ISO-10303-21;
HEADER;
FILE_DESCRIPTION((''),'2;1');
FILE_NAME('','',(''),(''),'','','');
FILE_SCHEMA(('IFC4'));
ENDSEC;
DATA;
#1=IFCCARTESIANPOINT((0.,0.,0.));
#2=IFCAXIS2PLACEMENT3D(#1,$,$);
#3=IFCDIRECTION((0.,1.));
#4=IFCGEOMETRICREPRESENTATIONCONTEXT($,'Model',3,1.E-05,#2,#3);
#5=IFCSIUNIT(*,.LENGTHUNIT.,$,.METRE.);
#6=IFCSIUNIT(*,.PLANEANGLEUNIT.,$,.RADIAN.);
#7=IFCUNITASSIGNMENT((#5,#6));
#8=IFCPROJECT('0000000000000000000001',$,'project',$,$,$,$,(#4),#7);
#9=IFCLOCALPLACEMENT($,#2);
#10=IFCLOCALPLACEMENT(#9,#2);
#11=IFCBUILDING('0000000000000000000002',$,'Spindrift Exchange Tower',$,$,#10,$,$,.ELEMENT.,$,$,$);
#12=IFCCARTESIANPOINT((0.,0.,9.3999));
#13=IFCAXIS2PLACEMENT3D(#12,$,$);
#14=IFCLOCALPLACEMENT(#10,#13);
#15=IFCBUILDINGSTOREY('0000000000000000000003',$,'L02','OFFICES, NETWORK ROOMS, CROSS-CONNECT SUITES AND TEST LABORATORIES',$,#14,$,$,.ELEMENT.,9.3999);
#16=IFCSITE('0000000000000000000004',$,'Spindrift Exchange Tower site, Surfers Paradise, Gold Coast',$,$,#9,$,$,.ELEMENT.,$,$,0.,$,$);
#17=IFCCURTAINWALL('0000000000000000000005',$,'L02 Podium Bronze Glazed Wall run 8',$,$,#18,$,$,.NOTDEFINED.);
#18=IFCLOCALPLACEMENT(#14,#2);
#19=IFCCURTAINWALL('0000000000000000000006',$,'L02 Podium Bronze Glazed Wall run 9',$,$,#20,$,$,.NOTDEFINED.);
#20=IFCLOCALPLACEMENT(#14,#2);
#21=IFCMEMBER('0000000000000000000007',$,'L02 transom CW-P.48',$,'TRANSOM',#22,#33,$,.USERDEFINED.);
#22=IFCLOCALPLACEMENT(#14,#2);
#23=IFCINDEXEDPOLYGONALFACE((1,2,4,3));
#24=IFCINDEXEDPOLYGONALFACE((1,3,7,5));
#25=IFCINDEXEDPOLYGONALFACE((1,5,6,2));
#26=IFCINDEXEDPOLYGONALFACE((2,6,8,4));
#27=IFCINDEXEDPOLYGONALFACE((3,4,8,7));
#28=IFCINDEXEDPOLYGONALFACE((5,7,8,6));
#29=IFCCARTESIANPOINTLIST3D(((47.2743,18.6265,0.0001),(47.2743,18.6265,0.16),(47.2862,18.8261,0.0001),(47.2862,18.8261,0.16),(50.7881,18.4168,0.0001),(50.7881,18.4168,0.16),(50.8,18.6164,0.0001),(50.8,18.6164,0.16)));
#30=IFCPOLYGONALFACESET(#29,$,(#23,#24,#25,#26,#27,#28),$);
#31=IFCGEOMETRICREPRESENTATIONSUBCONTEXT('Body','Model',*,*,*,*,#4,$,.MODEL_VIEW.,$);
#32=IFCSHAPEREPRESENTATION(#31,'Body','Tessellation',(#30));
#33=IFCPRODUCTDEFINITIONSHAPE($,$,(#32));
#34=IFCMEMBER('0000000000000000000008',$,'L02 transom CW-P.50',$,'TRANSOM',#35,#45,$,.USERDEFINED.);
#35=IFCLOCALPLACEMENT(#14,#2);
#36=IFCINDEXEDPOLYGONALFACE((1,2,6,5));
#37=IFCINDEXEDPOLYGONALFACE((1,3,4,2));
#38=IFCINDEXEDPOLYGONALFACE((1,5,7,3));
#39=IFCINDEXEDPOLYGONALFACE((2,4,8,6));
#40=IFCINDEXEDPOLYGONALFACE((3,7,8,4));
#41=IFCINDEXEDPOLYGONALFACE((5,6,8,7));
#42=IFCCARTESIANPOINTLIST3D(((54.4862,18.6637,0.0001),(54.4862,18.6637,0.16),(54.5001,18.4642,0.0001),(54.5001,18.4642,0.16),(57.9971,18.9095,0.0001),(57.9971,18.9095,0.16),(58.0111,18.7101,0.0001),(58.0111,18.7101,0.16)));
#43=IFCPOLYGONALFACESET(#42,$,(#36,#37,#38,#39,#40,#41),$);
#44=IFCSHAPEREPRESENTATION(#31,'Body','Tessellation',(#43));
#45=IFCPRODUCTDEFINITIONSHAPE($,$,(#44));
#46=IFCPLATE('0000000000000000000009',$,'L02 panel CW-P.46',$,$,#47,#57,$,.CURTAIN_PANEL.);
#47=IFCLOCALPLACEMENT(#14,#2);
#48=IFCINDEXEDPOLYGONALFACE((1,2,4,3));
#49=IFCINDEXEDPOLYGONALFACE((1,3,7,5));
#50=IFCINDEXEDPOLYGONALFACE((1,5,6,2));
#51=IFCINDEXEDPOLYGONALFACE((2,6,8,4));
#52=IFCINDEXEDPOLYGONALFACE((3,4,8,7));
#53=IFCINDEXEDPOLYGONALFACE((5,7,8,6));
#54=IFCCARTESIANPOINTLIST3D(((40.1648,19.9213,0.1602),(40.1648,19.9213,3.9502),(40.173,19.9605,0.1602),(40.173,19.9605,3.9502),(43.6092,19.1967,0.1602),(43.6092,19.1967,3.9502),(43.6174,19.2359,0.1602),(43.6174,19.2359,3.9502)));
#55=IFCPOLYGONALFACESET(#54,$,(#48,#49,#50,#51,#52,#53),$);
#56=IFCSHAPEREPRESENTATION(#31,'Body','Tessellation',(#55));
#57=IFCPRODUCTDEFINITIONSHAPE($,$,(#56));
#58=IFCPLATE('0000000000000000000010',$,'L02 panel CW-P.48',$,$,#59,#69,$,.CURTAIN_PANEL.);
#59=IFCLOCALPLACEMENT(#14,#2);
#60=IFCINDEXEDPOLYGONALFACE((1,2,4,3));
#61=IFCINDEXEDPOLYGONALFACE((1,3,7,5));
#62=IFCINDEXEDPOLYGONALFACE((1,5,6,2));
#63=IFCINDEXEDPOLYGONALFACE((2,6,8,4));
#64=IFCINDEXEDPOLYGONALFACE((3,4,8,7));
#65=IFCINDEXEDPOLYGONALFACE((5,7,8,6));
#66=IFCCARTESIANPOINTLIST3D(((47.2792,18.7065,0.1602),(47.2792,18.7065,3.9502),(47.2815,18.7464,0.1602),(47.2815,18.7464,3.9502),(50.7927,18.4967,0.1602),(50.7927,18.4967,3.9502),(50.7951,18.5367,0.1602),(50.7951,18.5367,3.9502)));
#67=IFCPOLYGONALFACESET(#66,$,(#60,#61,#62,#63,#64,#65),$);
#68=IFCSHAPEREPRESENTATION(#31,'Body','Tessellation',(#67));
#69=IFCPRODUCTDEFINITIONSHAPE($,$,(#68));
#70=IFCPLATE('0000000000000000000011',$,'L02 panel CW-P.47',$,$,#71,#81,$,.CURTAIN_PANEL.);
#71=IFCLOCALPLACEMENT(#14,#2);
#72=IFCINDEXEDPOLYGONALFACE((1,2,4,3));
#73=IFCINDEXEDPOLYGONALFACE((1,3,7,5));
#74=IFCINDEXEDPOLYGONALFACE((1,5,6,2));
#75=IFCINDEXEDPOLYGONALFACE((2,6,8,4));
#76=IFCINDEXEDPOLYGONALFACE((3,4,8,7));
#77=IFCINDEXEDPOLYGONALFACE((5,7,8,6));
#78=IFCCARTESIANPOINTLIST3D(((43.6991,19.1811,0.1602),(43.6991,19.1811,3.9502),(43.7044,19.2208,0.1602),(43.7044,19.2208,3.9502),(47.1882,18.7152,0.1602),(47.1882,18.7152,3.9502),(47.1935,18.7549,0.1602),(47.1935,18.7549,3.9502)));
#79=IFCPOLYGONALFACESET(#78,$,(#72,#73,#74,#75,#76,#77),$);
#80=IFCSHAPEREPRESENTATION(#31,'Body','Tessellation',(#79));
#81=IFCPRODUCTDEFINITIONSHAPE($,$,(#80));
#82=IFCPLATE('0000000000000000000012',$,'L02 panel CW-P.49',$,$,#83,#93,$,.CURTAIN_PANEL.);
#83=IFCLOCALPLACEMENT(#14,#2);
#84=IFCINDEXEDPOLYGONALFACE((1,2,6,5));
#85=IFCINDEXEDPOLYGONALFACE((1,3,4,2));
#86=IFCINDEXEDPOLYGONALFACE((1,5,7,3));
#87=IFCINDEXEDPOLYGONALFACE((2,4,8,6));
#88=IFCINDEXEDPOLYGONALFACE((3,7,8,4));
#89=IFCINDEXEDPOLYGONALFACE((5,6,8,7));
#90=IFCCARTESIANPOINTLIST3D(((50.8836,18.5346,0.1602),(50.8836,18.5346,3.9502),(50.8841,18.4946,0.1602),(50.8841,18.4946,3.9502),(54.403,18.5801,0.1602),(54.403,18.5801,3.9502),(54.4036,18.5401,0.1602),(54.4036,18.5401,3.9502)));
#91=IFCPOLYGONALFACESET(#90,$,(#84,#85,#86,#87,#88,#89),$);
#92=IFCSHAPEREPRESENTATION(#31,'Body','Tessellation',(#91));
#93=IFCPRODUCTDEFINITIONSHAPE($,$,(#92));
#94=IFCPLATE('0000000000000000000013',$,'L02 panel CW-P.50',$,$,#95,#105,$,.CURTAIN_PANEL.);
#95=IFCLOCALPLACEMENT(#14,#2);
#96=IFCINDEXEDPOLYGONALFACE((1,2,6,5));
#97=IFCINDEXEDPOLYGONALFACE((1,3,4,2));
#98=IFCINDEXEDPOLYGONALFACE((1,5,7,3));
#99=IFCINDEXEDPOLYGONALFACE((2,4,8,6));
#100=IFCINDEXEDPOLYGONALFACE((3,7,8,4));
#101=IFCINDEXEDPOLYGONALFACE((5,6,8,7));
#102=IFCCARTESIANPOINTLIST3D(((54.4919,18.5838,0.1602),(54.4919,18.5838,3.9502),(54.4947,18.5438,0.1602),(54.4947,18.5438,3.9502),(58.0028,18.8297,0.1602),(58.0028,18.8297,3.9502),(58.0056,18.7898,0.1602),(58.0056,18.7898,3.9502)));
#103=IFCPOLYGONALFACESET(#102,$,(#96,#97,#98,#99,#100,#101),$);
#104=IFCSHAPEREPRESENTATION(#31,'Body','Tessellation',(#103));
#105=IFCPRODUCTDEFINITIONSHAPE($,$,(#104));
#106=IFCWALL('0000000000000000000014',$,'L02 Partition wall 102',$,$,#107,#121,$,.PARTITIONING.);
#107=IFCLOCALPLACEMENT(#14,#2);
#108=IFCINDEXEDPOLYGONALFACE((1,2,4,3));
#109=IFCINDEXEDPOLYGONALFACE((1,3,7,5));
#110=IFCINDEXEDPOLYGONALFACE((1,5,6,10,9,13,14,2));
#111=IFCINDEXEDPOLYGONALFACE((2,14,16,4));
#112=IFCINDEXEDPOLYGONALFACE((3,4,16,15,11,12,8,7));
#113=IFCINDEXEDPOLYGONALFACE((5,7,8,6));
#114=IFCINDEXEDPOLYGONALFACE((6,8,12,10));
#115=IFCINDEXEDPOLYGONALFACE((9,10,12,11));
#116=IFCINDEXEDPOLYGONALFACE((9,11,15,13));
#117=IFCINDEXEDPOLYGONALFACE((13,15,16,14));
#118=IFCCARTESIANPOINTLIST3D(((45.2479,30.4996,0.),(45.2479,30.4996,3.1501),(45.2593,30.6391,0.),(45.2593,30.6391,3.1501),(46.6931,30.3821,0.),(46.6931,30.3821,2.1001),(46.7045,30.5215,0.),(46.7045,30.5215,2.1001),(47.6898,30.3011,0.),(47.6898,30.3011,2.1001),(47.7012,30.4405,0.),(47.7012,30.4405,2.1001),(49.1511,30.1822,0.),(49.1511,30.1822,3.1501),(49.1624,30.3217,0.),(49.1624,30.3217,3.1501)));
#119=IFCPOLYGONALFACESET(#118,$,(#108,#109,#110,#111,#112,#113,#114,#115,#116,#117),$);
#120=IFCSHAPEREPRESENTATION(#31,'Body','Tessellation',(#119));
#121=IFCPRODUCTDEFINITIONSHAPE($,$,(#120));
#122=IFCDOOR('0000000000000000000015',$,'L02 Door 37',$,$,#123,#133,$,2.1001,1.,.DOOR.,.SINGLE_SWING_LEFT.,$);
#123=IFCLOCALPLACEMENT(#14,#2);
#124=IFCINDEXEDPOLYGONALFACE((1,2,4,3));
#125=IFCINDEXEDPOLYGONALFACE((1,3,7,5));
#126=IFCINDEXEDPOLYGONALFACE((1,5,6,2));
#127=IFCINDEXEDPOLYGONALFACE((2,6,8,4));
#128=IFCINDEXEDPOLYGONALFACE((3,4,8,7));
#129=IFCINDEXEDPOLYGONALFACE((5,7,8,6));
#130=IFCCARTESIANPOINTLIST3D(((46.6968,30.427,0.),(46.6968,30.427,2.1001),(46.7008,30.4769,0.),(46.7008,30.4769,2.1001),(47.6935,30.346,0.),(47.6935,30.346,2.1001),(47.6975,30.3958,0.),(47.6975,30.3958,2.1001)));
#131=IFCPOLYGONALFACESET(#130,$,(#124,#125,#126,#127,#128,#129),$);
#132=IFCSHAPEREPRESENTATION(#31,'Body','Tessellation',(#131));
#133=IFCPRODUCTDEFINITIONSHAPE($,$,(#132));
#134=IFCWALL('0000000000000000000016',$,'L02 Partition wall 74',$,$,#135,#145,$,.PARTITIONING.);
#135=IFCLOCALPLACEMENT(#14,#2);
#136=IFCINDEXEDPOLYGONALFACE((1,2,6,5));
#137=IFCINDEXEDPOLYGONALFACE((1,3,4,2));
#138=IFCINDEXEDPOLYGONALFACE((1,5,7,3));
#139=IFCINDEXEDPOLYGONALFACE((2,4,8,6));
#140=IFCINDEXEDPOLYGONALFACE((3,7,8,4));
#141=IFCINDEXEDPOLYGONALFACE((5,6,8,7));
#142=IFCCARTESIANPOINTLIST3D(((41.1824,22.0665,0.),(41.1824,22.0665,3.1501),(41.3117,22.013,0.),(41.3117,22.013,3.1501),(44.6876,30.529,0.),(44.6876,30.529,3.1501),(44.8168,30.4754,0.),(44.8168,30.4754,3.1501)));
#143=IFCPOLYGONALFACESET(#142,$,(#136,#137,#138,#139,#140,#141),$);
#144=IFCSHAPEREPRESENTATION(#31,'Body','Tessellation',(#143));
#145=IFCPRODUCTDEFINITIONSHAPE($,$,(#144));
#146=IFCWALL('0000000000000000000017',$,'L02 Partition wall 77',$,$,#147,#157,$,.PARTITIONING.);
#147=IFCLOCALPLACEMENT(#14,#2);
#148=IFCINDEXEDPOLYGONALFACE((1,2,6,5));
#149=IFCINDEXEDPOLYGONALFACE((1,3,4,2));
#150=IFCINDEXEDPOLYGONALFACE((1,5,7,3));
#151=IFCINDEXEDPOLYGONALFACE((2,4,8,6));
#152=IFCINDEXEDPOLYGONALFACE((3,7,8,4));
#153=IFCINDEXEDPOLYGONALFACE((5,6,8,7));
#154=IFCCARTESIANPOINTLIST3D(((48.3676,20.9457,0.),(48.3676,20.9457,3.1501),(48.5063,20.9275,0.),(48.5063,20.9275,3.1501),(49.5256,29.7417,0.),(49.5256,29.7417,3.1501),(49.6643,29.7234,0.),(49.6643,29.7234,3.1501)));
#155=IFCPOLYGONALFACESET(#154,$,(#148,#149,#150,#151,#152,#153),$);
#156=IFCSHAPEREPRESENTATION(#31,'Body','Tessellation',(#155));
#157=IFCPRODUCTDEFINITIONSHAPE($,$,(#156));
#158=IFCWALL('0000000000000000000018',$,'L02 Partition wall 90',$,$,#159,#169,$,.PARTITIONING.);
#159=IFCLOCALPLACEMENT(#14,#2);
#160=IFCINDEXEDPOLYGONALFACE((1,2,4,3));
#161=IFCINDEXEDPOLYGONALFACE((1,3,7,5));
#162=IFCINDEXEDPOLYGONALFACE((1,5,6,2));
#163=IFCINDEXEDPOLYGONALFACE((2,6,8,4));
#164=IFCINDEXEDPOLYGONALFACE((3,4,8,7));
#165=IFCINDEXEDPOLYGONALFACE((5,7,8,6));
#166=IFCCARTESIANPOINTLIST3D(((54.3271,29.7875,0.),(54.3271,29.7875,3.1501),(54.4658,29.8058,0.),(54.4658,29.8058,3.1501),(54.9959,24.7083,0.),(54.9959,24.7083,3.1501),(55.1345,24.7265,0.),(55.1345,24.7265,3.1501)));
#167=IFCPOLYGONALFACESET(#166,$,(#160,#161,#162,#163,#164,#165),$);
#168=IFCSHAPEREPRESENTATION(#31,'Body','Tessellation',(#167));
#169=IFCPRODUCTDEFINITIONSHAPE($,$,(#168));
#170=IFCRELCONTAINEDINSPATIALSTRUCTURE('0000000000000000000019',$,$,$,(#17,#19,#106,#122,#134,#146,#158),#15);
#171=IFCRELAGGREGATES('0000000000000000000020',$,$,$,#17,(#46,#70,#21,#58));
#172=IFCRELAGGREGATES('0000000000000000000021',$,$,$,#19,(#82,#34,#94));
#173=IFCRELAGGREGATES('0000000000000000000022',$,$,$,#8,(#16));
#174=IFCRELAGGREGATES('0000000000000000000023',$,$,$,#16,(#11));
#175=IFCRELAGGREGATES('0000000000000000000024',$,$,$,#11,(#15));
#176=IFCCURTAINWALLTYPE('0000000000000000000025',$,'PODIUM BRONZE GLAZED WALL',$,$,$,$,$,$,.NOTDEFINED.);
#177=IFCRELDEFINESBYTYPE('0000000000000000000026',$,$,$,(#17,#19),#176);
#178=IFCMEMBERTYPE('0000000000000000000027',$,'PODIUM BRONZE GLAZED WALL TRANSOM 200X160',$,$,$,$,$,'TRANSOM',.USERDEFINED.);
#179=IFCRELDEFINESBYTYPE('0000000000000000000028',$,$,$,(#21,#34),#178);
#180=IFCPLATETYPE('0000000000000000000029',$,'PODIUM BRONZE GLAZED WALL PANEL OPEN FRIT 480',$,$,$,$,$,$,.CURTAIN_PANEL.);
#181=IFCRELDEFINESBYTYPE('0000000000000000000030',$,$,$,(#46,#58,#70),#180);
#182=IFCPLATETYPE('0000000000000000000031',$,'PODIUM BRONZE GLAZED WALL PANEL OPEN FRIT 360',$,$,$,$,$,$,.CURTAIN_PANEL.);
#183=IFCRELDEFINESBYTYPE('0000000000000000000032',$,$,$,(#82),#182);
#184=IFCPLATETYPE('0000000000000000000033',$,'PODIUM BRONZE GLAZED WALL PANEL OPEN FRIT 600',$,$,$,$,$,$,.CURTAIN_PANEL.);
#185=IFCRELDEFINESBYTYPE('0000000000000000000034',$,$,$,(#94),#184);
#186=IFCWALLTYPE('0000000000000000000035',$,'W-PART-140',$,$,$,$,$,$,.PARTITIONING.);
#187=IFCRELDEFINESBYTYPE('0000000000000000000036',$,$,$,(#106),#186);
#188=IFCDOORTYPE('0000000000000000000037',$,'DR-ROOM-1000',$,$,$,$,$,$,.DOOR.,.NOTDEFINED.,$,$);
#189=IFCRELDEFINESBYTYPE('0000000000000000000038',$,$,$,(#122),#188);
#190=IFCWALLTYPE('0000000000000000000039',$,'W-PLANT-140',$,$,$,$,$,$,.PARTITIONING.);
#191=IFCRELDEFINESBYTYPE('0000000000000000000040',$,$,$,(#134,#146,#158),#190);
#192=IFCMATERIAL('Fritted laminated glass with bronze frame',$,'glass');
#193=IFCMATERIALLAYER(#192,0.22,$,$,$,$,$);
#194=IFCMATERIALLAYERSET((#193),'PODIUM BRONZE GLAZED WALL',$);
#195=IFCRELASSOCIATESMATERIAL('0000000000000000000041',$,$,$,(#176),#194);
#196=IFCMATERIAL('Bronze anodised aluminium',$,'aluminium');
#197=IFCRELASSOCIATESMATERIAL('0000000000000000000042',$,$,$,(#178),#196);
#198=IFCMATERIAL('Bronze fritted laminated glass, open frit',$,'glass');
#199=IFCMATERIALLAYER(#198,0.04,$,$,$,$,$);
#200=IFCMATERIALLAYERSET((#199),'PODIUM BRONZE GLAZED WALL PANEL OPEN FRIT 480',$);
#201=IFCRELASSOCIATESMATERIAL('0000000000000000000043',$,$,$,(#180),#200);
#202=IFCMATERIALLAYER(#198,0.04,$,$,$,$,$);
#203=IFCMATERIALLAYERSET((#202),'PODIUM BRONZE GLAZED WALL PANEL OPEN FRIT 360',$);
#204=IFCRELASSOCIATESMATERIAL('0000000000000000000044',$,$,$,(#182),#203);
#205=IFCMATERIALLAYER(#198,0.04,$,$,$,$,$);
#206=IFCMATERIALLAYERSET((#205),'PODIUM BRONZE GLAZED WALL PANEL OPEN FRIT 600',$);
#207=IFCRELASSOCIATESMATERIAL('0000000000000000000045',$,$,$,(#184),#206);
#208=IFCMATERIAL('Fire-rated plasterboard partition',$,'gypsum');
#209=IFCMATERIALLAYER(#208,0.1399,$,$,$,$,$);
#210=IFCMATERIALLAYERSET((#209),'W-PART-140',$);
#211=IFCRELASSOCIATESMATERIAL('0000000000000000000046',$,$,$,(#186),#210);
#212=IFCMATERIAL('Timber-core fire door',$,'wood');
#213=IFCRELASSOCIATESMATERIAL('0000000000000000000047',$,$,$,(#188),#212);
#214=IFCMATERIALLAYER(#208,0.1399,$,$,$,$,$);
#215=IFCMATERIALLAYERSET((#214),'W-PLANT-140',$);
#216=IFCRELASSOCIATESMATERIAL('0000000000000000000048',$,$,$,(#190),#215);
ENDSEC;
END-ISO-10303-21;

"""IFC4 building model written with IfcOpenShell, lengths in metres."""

from ifc_helpers import new_model, si_unit, direction, frame, frame_2d, origin, origin_2d, place, context, subcontext, project, spatial, rectangle, extrude, source, transform, mapped, material, layer, layer_set, material_profile, profile_set, type_object, element, fill, aggregate, save


model = new_model("IFC4")

# Units and contexts
model_context = context("Model", 3, precision=1e-05, world=origin(), true_north=direction((0.0, 1.0)))
body_context = subcontext(model_context, "Body", "Model", "MODEL_VIEW")
ifc_project = project(units=[si_unit("LENGTHUNIT", "METRE"), si_unit("PLANEANGLEUNIT", "RADIAN")], contexts=[model_context])

# Site, building, storey
site_placement = place(None, origin())
site = spatial("IfcSite", under=ifc_project, at=site_placement, Name="Spindrift Exchange Tower site, Surfers Paradise, Gold Coast", CompositionType="ELEMENT", RefElevation=0.0)
building_placement = place(site_placement, origin())
building = spatial("IfcBuilding", under=site, at=building_placement, Name="Spindrift Exchange Tower", CompositionType="ELEMENT")
storey_placement = place(building_placement, frame((0.0, 0.0, 9.3999)))
storey = spatial("IfcBuildingStorey", under=building, at=storey_placement, Name="L02", Description="OFFICES, NETWORK ROOMS, CROSS-CONNECT SUITES AND TEST LABORATORIES", CompositionType="ELEMENT", Elevation=9.3999)

# Curtain walls
ifc_material_1 = material(Name="Fritted laminated glass with bronze frame", Category="glass")
ifc_layer_1 = layer(ifc_material_1, 0.22)
ifc_layer_set_1 = layer_set([ifc_layer_1], Name="PODIUM BRONZE GLAZED WALL")
curtain_wall_type = type_object("IfcCurtainWallType", Name="PODIUM BRONZE GLAZED WALL", PredefinedType="NOTDEFINED", material=ifc_layer_set_1)
curtain_wall_1_placement = place(storey_placement, origin())
curtain_wall_1 = element("IfcCurtainWall", 1, at=curtain_wall_1_placement, inside=storey, type_object=curtain_wall_type, Name="L02 Podium Bronze Glazed Wall run 8", PredefinedType="NOTDEFINED")
ifc_material_2 = material(Name="Bronze anodised aluminium", Category="aluminium")
curtain_wall_2_placement = place(storey_placement, origin())
curtain_wall_2 = element("IfcCurtainWall", 2, at=curtain_wall_2_placement, inside=storey, type_object=curtain_wall_type, Name="L02 Podium Bronze Glazed Wall run 9", PredefinedType="NOTDEFINED")
ifc_material_profile_1 = material_profile(ifc_material_2, rectangle(XDim=0.2, YDim=0.1599, at=origin_2d()), Name="PODIUM BRONZE GLAZED WALL TRANSOM 200X160")
ifc_profile_set_1 = profile_set([ifc_material_profile_1], Name="Bronze anodised aluminium")
member_type_1 = type_object("IfcMemberType", Name="PODIUM BRONZE GLAZED WALL TRANSOM 200X160", ElementType="TRANSOM", PredefinedType="USERDEFINED", material=ifc_profile_set_1)

# Members
shared_shape_1 = source(origin(), body_context, "Body", "SweptSolid", [
    extrude(rectangle(XDim=0.2, YDim=0.1599, at=origin_2d()), origin(), (0.0, 0.0, 1.0), 3.52),
])
member_1_placement = place(storey_placement, frame((47.2803, 18.7263, 0.0801), z_axis=(0.998224, -0.05958, 0.0), x_axis=(0.05958, 0.998224, 0.0)))
member_1 = element("IfcMember", 3, at=member_1_placement, type_object=member_type_1, Name="L02 transom CW-P.48", ObjectType="TRANSOM", PredefinedType="USERDEFINED", context=body_context, shape_type="MappedRepresentation", body=[
    mapped(shared_shape_1, transform((0.0, 0.0, 0.0), scale=1.0)),
])
shared_shape_2 = source(origin(), body_context, "Body", "SweptSolid", [
    extrude(rectangle(XDim=0.2, YDim=0.1599, at=origin_2d()), origin(), (0.0, 0.0, 1.0), 3.5195),
])
member_2_placement = place(storey_placement, frame((54.4932, 18.564, 0.0801), z_axis=(0.997557, 0.069852, 0.0), x_axis=(-0.069852, 0.997557, 0.0)))
member_2 = element("IfcMember", 4, at=member_2_placement, type_object=member_type_1, Name="L02 transom CW-P.50", ObjectType="TRANSOM", PredefinedType="USERDEFINED", context=body_context, shape_type="MappedRepresentation", body=[
    mapped(shared_shape_2, transform((0.0, 0.0, 0.0), scale=1.0)),
])

# Plates
ifc_material_3 = material(Name="Bronze fritted laminated glass, open frit", Category="glass")
ifc_layer_2 = layer(ifc_material_3, 0.04)
ifc_layer_set_2 = layer_set([ifc_layer_2], Name="PODIUM BRONZE GLAZED WALL PANEL OPEN FRIT 480")
plate_type_1 = type_object("IfcPlateType", Name="PODIUM BRONZE GLAZED WALL PANEL OPEN FRIT 480", PredefinedType="CURTAIN_PANEL", material=ifc_layer_set_2)
shared_shape_3 = source(origin(), body_context, "Body", "SweptSolid", [
    extrude(rectangle(XDim=3.5198, YDim=0.04, at=origin_2d()), origin(), (0.0, 0.0, 1.0), 3.79),
])
plate_1_placement = place(storey_placement, frame((41.8911, 19.5786, 0.1602), z_axis=(0.0, 0.0, 1.0), x_axis=(0.978581, -0.205861, 0.0)))
plate_1 = element("IfcPlate", 5, at=plate_1_placement, type_object=plate_type_1, Name="L02 panel CW-P.46", PredefinedType="CURTAIN_PANEL", context=body_context, shape_type="MappedRepresentation", body=[
    mapped(shared_shape_3, transform((0.0, 0.0, 0.0), scale=1.0)),
])
plate_2_placement = place(storey_placement, frame((49.0371, 18.6216, 0.1602), z_axis=(0.0, 0.0, 1.0), x_axis=(0.998223, -0.059587, 0.0)))
plate_2 = element("IfcPlate", 6, at=plate_2_placement, type_object=plate_type_1, Name="L02 panel CW-P.48", PredefinedType="CURTAIN_PANEL", context=body_context, shape_type="MappedRepresentation", body=[
    mapped(shared_shape_3, transform((0.0, 0.0, 0.0), scale=1.0)),
])
shared_shape_4 = source(origin(), body_context, "Body", "SweptSolid", [
    extrude(rectangle(XDim=3.52, YDim=0.04, at=origin_2d()), origin(), (0.0, 0.0, 1.0), 3.79),
])
plate_3_placement = place(storey_placement, frame((45.4463, 18.968, 0.1602), z_axis=(0.0, 0.0, 1.0), x_axis=(0.991202, -0.13236, 0.0)))
plate_3 = element("IfcPlate", 7, at=plate_3_placement, type_object=plate_type_1, Name="L02 panel CW-P.47", PredefinedType="CURTAIN_PANEL", context=body_context, shape_type="MappedRepresentation", body=[
    mapped(shared_shape_4, transform((0.0, 0.0, 0.0), scale=1.0)),
])
aggregate(curtain_wall_1, [plate_1, plate_3, member_1, plate_2])
ifc_layer_3 = layer(ifc_material_3, 0.04)
ifc_layer_set_3 = layer_set([ifc_layer_3], Name="PODIUM BRONZE GLAZED WALL PANEL OPEN FRIT 360")
plate_type_2 = type_object("IfcPlateType", Name="PODIUM BRONZE GLAZED WALL PANEL OPEN FRIT 360", PredefinedType="CURTAIN_PANEL", material=ifc_layer_set_3)
shared_shape_5 = source(origin(), body_context, "Body", "SweptSolid", [
    extrude(rectangle(XDim=3.5198, YDim=0.04, at=origin_2d()), origin(), (0.0, 0.0, 1.0), 3.79),
])
plate_4_placement = place(storey_placement, frame((52.6436, 18.5374, 0.1602), z_axis=(0.0, 0.0, 1.0), x_axis=(0.999916, 0.012938, 0.0)))
plate_4 = element("IfcPlate", 8, at=plate_4_placement, type_object=plate_type_2, Name="L02 panel CW-P.49", PredefinedType="CURTAIN_PANEL", context=body_context, shape_type="MappedRepresentation", body=[
    mapped(shared_shape_5, transform((0.0, 0.0, 0.0), scale=1.0)),
])
ifc_layer_4 = layer(ifc_material_3, 0.04)
ifc_layer_set_4 = layer_set([ifc_layer_4], Name="PODIUM BRONZE GLAZED WALL PANEL OPEN FRIT 600")
plate_type_3 = type_object("IfcPlateType", Name="PODIUM BRONZE GLAZED WALL PANEL OPEN FRIT 600", PredefinedType="CURTAIN_PANEL", material=ifc_layer_set_4)
shared_shape_6 = source(origin(), body_context, "Body", "SweptSolid", [
    extrude(rectangle(XDim=3.5195, YDim=0.04, at=origin_2d()), origin(), (0.0, 0.0, 1.0), 3.79),
])
plate_5_placement = place(storey_placement, frame((56.2488, 18.6868, 0.1602), z_axis=(0.0, 0.0, 1.0), x_axis=(0.997556, 0.06987, 0.0)))
plate_5 = element("IfcPlate", 9, at=plate_5_placement, type_object=plate_type_3, Name="L02 panel CW-P.50", PredefinedType="CURTAIN_PANEL", context=body_context, shape_type="MappedRepresentation", body=[
    mapped(shared_shape_6, transform((0.0, 0.0, 0.0), scale=1.0)),
])
aggregate(curtain_wall_2, [plate_4, member_2, plate_5])

# Wall, opening, door
ifc_material_4 = material(Name="Fire-rated plasterboard partition", Category="gypsum")
ifc_layer_5 = layer(ifc_material_4, 0.1399)
ifc_layer_set_5 = layer_set([ifc_layer_5], Name="W-PART-140")
wall_type_1 = type_object("IfcWallType", Name="W-PART-140", PredefinedType="PARTITIONING", material=ifc_layer_set_5)
wall_1_placement = place(storey_placement, frame((49.1567, 30.252, 0.0), z_axis=(0.0, 0.0, 1.0), x_axis=(-0.99671, 0.081049, 0.0)))
wall_1 = element("IfcWall", 10, at=wall_1_placement, inside=storey, type_object=wall_type_1, Name="L02 Partition wall 102", PredefinedType="PARTITIONING", context=body_context, shape_type="SweptSolid", body=[
    extrude(rectangle(XDim=3.916, YDim=0.1399, at=frame_2d((1.958, 0.0))), origin(), (0.0, 0.0, 1.0), 3.1501),
])
opening_1_placement = place(wall_1_placement, frame((1.4661, 0.0, 0.0)))
opening_1 = element("IfcOpeningElement", 11, at=opening_1_placement, cuts=wall_1, PredefinedType="OPENING", context=body_context, shape_type="SweptSolid", body=[
    extrude(rectangle(XDim=1.0, YDim=2.1001, at=frame_2d((0.5, 1.05))), frame((0.0, 0.0798, 0.0), z_axis=(0.0, -1.0, 0.0), x_axis=(1.0, 0.0, 0.0)), (0.0, 0.0, 1.0), 0.1599),
])
ifc_material_5 = material(Name="Timber-core fire door", Category="wood")
door_type = type_object("IfcDoorType", Name="DR-ROOM-1000", OperationType="NOTDEFINED", PredefinedType="DOOR", material=ifc_material_5)
shared_shape_7 = source(origin(), body_context, "Body", "SweptSolid", [
    extrude(rectangle(XDim=1.0, YDim=2.1001, at=frame_2d((0.5, 1.05))), frame((0.0, 0.0249, 0.0), z_axis=(0.0, -1.0, 0.0), x_axis=(1.0, 0.0, 0.0)), (0.0, 0.0, 1.0), 0.05),
])
door_1_placement = place(opening_1_placement, origin())
door_1 = element("IfcDoor", 12, at=door_1_placement, inside=storey, type_object=door_type, Name="L02 Door 37", OperationType="SINGLE_SWING_LEFT", OverallHeight=2.1001, OverallWidth=1.0, PredefinedType="DOOR", context=body_context, shape_type="MappedRepresentation", body=[
    mapped(shared_shape_7, transform((0.0, 0.0, 0.0), scale=1.0)),
])
fill(opening_1, door_1)

# Walls
ifc_layer_6 = layer(ifc_material_4, 0.1399)
ifc_layer_set_6 = layer_set([ifc_layer_6], Name="W-PLANT-140")
wall_type_2 = type_object("IfcWallType", Name="W-PLANT-140", PredefinedType="PARTITIONING", material=ifc_layer_set_6)
wall_2_placement = place(storey_placement, frame((44.7522, 30.5022, 0.0), z_axis=(0.0, 0.0, 1.0), x_axis=(-0.382673, -0.923884, 0.0)))
element("IfcWall", 13, at=wall_2_placement, inside=storey, type_object=wall_type_2, Name="L02 Partition wall 74", PredefinedType="PARTITIONING", context=body_context, shape_type="SweptSolid", body=[
    extrude(rectangle(XDim=9.1597, YDim=0.1399, at=frame_2d((4.5798, 0.0))), origin(), (0.0, 0.0, 1.0), 3.1501),
])
wall_3_placement = place(storey_placement, frame((49.595, 29.7327, 0.0), z_axis=(0.0, 0.0, 1.0), x_axis=(-0.130521, -0.991445, 0.0)))
element("IfcWall", 14, at=wall_3_placement, inside=storey, type_object=wall_type_2, Name="L02 Partition wall 77", PredefinedType="PARTITIONING", context=body_context, shape_type="SweptSolid", body=[
    extrude(rectangle(XDim=8.8718, YDim=0.1399, at=frame_2d((4.436, 0.0))), origin(), (0.0, 0.0, 1.0), 3.1501),
])
wall_4_placement = place(storey_placement, frame((54.3965, 29.7966, 0.0), z_axis=(0.0, 0.0, 1.0), x_axis=(0.130531, -0.991444, 0.0)))
element("IfcWall", 15, at=wall_4_placement, inside=storey, type_object=wall_type_2, Name="L02 Partition wall 90", PredefinedType="PARTITIONING", context=body_context, shape_type="SweptSolid", body=[
    extrude(rectangle(XDim=5.123, YDim=0.1399, at=frame_2d((2.5615, 0.0))), origin(), (0.0, 0.0, 1.0), 3.1501),
])

save(model, "model.ifc")
